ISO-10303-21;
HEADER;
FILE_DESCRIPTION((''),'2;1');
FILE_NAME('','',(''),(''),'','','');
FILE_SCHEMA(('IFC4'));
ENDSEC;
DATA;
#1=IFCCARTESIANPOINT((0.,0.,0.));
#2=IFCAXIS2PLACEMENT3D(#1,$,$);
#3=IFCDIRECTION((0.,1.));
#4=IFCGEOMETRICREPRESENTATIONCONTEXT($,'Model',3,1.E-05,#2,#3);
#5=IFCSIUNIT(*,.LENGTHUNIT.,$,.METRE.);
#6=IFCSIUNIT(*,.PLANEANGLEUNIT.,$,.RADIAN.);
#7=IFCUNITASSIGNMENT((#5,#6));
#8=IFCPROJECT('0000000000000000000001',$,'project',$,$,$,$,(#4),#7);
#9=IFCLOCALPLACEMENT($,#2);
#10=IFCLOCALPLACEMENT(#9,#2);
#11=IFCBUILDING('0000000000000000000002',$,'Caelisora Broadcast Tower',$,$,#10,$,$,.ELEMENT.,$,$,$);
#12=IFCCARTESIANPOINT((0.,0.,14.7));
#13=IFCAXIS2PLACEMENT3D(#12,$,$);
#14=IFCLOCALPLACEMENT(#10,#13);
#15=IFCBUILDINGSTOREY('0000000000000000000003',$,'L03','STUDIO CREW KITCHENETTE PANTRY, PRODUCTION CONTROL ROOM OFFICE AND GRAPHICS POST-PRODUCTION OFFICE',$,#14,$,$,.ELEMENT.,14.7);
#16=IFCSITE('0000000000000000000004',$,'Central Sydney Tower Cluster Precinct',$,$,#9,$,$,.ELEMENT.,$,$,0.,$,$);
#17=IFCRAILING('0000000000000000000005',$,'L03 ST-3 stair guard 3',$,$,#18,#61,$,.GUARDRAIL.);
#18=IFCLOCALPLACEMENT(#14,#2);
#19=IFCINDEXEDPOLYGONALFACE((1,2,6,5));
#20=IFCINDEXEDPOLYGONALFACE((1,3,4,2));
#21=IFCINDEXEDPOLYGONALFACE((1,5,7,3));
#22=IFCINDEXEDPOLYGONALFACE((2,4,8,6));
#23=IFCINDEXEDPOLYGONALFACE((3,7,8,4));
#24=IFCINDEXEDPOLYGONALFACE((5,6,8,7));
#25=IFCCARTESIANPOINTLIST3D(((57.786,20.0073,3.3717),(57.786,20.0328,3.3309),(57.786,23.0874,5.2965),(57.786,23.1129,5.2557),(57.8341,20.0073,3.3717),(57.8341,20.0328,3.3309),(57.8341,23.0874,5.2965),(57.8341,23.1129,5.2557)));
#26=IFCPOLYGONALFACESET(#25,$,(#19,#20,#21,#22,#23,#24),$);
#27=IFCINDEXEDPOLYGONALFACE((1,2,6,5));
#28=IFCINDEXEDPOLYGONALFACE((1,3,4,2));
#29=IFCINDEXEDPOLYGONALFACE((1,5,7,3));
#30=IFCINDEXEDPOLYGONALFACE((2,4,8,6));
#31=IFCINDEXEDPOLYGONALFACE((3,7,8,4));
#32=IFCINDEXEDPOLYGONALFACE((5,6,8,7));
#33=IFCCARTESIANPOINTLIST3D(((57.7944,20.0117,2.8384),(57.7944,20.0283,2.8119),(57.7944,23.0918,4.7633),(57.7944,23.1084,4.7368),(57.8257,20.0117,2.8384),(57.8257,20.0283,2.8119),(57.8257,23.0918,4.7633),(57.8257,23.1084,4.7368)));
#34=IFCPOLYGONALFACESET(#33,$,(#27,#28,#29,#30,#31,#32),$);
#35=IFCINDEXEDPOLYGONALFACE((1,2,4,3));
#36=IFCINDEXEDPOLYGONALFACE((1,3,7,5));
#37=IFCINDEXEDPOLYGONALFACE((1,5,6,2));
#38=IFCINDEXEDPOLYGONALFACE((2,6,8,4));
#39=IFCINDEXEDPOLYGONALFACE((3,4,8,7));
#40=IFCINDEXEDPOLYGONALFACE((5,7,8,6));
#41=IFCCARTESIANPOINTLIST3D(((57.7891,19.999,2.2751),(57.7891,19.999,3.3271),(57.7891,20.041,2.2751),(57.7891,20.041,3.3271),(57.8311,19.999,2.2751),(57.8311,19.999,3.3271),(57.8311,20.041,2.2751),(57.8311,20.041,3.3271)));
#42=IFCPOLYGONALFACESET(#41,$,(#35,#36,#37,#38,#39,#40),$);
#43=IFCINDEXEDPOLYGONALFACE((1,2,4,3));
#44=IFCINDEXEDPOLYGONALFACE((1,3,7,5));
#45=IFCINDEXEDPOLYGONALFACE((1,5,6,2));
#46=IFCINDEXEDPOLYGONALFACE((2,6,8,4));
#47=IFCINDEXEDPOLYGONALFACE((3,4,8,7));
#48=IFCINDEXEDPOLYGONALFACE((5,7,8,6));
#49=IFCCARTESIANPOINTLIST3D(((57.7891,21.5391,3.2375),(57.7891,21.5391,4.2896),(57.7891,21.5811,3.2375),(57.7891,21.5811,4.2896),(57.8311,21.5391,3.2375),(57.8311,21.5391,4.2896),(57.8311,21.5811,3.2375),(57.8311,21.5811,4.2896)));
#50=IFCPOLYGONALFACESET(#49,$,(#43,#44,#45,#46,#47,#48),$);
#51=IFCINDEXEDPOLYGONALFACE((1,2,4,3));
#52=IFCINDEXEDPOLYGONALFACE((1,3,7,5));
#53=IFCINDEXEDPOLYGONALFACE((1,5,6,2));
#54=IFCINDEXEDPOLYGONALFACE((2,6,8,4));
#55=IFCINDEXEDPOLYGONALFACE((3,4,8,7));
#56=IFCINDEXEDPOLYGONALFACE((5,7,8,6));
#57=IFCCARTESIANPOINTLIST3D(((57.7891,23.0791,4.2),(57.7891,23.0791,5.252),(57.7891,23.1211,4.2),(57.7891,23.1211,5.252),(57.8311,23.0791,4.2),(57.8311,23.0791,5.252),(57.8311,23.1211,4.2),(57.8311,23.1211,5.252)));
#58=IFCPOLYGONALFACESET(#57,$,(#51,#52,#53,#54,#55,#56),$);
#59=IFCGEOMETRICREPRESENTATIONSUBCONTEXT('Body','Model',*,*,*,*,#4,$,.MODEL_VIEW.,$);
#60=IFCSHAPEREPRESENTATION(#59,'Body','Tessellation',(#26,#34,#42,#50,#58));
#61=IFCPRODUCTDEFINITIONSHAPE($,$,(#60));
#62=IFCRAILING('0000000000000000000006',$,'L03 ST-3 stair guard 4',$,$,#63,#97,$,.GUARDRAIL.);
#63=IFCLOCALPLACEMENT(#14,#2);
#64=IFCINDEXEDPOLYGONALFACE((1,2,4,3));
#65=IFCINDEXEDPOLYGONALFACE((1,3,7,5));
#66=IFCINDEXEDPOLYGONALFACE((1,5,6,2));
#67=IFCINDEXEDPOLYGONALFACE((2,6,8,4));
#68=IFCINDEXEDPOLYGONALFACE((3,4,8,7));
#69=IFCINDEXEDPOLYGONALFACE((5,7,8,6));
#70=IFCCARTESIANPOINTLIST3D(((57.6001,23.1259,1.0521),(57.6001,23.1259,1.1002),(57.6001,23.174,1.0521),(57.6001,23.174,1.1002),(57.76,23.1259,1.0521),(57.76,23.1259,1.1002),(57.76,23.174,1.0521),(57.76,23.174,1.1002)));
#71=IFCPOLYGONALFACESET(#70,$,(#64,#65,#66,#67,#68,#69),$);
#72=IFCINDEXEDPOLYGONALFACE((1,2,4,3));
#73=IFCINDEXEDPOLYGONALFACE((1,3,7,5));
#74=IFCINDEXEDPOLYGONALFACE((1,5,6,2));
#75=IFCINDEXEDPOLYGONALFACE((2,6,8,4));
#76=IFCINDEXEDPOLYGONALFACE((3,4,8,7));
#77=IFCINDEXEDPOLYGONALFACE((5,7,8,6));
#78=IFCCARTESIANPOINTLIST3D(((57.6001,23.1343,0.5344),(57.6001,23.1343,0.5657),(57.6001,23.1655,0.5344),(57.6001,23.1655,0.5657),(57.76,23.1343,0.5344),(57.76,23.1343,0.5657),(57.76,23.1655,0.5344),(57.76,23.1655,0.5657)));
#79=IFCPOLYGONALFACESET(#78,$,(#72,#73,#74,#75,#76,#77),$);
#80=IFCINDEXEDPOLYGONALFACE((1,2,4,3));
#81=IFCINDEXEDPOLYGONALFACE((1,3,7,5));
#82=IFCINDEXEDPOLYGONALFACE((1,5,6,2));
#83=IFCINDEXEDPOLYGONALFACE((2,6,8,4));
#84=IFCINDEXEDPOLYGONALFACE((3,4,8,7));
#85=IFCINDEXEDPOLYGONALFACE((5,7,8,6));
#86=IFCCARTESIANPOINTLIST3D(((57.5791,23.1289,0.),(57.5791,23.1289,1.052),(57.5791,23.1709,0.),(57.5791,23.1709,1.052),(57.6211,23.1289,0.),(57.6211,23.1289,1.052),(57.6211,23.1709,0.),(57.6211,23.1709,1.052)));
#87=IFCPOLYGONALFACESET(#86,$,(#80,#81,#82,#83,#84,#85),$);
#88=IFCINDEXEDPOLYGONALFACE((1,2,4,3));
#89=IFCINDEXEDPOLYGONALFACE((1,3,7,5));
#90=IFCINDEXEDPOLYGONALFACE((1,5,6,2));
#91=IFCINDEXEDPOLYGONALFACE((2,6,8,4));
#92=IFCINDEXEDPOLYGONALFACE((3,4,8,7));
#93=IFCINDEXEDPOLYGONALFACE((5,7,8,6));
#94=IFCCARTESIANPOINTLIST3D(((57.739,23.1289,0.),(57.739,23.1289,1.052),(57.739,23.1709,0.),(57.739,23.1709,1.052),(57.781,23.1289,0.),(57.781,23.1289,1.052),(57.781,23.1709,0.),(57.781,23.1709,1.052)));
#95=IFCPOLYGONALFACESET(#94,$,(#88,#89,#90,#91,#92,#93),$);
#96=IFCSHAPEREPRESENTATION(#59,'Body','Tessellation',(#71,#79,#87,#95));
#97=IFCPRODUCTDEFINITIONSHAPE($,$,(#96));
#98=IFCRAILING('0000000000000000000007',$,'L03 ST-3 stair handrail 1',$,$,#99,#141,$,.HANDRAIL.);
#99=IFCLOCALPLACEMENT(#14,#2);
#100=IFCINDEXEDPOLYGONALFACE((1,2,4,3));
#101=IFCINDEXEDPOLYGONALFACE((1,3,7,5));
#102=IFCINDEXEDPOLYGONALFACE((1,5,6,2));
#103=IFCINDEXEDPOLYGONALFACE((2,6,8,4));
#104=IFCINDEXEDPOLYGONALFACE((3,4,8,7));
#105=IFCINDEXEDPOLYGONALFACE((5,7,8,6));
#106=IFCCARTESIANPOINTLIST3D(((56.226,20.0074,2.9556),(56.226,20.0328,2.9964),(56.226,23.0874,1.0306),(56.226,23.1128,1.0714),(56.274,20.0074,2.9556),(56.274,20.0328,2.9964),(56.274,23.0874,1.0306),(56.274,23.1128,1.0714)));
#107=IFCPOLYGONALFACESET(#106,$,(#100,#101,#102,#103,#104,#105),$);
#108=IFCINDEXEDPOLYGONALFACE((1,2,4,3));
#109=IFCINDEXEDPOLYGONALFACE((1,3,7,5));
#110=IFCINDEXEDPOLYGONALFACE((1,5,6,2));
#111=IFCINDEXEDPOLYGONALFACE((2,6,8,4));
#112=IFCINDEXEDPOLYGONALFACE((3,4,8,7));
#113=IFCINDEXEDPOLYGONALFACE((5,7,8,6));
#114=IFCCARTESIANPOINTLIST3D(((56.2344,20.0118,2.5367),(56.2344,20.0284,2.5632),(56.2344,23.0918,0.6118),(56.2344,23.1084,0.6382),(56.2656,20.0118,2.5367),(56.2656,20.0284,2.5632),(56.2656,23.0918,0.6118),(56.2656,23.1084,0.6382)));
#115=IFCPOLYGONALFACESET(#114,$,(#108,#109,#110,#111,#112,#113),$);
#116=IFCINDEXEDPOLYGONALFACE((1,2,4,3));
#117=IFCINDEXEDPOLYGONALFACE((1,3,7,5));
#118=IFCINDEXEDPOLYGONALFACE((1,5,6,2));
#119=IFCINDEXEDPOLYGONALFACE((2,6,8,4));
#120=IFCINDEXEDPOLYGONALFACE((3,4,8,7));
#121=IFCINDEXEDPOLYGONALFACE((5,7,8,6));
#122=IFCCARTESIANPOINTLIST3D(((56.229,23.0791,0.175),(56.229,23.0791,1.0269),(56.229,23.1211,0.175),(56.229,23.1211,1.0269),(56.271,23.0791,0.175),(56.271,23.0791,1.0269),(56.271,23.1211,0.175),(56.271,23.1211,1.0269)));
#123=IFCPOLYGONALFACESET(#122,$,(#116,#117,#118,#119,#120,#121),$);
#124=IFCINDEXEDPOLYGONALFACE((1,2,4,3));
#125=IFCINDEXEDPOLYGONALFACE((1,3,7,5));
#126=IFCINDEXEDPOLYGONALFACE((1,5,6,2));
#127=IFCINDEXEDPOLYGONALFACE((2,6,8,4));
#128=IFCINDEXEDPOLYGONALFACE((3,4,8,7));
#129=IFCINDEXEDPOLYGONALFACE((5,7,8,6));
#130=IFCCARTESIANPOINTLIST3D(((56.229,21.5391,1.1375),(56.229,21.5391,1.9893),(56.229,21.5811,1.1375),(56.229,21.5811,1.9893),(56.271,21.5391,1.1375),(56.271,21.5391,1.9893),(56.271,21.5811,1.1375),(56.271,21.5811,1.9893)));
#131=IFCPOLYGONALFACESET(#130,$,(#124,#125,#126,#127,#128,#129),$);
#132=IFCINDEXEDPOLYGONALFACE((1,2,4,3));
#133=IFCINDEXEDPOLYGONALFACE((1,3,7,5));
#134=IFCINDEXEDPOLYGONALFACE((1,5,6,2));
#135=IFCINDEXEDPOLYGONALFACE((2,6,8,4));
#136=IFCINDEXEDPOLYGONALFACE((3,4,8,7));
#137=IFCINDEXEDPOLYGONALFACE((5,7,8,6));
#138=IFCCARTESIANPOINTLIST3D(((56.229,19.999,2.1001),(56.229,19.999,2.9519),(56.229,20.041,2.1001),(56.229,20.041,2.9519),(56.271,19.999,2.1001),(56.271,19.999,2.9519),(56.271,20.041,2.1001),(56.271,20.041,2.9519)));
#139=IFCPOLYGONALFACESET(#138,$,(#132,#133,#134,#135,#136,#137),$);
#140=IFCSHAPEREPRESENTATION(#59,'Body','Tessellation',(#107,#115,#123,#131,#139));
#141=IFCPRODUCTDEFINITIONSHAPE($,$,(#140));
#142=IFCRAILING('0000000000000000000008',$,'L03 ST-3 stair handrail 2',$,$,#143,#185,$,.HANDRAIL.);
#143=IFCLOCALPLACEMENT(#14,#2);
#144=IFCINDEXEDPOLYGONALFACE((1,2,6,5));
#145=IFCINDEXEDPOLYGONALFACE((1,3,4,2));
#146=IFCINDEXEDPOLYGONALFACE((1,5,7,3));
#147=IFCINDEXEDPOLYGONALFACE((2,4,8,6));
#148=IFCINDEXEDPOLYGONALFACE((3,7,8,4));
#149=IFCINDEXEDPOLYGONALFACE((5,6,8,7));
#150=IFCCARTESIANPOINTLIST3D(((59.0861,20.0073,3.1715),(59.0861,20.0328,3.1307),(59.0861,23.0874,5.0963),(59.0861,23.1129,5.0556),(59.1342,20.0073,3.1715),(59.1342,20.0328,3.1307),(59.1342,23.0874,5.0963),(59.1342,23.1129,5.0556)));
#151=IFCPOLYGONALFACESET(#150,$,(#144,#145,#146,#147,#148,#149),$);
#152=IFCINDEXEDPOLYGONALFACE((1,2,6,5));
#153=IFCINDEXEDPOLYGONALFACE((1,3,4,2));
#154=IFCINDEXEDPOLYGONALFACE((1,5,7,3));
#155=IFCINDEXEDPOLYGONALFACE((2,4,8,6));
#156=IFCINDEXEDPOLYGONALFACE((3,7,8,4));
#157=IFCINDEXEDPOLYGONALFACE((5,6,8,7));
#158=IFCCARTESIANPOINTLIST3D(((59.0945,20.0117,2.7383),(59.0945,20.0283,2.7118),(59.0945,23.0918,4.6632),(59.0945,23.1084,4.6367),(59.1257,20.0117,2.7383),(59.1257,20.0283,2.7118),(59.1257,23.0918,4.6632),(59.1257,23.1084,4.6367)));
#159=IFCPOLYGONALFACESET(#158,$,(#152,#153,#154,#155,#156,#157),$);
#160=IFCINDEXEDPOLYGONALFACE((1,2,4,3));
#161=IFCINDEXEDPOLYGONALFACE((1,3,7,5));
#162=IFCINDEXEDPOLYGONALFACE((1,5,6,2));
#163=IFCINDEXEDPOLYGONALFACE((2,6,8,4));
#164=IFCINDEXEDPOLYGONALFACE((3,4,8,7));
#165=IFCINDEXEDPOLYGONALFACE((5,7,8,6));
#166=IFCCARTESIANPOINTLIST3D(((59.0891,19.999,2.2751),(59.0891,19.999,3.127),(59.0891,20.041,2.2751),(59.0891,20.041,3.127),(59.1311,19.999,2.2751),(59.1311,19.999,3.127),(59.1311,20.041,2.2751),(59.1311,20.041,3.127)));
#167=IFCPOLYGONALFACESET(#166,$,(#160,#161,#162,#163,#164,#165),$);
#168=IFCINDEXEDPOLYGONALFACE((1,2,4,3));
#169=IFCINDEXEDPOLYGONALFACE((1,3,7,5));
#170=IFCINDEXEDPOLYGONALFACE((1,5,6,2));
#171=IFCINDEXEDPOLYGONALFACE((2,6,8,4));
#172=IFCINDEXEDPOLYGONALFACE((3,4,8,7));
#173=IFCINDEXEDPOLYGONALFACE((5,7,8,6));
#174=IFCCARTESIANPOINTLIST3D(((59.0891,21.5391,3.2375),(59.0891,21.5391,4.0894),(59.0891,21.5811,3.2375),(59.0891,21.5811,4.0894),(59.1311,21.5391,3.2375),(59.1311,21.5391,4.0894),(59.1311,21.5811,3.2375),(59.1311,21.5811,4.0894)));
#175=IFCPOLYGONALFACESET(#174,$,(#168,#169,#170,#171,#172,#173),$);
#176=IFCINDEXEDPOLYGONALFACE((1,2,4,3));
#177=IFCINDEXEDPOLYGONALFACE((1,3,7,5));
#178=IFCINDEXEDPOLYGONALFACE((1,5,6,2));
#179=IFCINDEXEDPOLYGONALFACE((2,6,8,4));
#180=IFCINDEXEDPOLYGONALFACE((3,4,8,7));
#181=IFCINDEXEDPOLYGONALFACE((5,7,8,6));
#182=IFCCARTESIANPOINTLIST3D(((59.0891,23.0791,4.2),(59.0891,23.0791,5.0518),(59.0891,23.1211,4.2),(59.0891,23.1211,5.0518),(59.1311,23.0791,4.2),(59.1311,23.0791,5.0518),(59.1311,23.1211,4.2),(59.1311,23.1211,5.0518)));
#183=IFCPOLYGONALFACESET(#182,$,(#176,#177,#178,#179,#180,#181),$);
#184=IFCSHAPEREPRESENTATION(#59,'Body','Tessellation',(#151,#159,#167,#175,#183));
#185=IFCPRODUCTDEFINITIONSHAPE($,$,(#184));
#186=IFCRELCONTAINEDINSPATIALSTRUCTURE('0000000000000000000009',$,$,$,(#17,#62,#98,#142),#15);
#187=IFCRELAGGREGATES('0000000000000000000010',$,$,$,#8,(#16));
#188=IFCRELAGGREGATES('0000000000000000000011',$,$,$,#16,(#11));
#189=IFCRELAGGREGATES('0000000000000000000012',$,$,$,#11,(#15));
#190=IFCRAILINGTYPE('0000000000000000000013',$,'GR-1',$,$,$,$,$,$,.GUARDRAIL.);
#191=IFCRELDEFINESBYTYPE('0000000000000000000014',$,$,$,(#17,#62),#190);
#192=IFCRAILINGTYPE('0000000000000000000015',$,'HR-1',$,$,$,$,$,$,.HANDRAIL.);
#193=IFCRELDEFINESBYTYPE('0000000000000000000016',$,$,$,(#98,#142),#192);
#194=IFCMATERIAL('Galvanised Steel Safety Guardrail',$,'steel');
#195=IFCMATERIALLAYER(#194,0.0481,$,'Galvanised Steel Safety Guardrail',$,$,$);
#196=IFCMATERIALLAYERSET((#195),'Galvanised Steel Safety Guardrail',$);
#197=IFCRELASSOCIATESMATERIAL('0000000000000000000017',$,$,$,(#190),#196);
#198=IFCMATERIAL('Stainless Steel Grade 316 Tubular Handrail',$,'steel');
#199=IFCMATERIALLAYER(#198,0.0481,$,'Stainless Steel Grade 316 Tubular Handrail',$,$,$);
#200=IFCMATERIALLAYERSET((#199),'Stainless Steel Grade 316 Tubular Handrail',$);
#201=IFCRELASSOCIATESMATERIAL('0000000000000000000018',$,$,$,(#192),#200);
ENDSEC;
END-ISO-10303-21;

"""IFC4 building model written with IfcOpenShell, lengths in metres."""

from ifc_helpers import new_model, si_unit, direction, frame, origin, origin_2d, place, context, subcontext, project, spatial, rectangle, extrude, material, layer, layer_set, type_object, element, save


model = new_model("IFC4")

# Units and contexts
model_context = context("Model", 3, precision=1e-05, world=origin(), true_north=direction((0.0, 1.0)))
body_context = subcontext(model_context, "Body", "Model", "MODEL_VIEW")
ifc_project = project(units=[si_unit("LENGTHUNIT", "METRE"), si_unit("PLANEANGLEUNIT", "RADIAN")], contexts=[model_context])

# Site, building, storey
site_placement = place(None, origin())
site = spatial("IfcSite", under=ifc_project, at=site_placement, Name="Central Sydney Tower Cluster Precinct", CompositionType="ELEMENT", RefElevation=0.0)
building_placement = place(site_placement, origin())
building = spatial("IfcBuilding", under=site, at=building_placement, Name="Caelisora Broadcast Tower", CompositionType="ELEMENT")
storey_placement = place(building_placement, frame((0.0, 0.0, 14.7)))
storey = spatial("IfcBuildingStorey", under=building, at=storey_placement, Name="L03", Description="STUDIO CREW KITCHENETTE PANTRY, PRODUCTION CONTROL ROOM OFFICE AND GRAPHICS POST-PRODUCTION OFFICE", CompositionType="ELEMENT", Elevation=14.7)

# Railings
ifc_material_1 = material(Name="Galvanised Steel Safety Guardrail", Category="steel")
ifc_layer_1 = layer(ifc_material_1, 0.0481, Name="Galvanised Steel Safety Guardrail")
ifc_layer_set_1 = layer_set([ifc_layer_1], Name="Galvanised Steel Safety Guardrail")
railing_type_1 = type_object("IfcRailingType", Name="GR-1", PredefinedType="GUARDRAIL", material=ifc_layer_set_1)
railing_1_placement = place(storey_placement, frame((57.8101, 20.02, 2.2751)))
element("IfcRailing", 1, at=railing_1_placement, inside=storey, type_object=railing_type_1, Name="L03 ST-3 stair guard 3", PredefinedType="GUARDRAIL", context=body_context, shape_type="SweptSolid", body=[
    extrude(rectangle(XDim=0.0481, YDim=0.0481, at=origin_2d()), frame((0.0, 0.0, 1.0762), z_axis=(0.0, 0.848029, 0.529951), x_axis=(-1.0, 0.0, 0.0)), (0.0, 0.0, 1.0), 3.6321),
    extrude(rectangle(XDim=0.0312, YDim=0.0312, at=origin_2d()), frame((0.0, 0.0, 0.55), z_axis=(0.0, 0.848029, 0.529951), x_axis=(-1.0, 0.0, 0.0)), (0.0, 0.0, 1.0), 3.6321),
    extrude(rectangle(XDim=0.042, YDim=0.042, at=origin_2d()), origin(), (0.0, 0.0, 1.0), 1.052),
    extrude(rectangle(XDim=0.042, YDim=0.042, at=origin_2d()), frame((0.0, 1.54, 0.9624)), (0.0, 0.0, 1.0), 1.052),
    extrude(rectangle(XDim=0.042, YDim=0.042, at=origin_2d()), frame((0.0, 3.0801, 1.9248)), (0.0, 0.0, 1.0), 1.052),
])
railing_2_placement = place(storey_placement, frame((57.6001, 23.1499, 0.0)))
element("IfcRailing", 2, at=railing_2_placement, inside=storey, type_object=railing_type_1, Name="L03 ST-3 stair guard 4", PredefinedType="GUARDRAIL", context=body_context, shape_type="SweptSolid", body=[
    extrude(rectangle(XDim=0.0481, YDim=0.0481, at=origin_2d()), frame((0.0, 0.0, 1.0762), z_axis=(1.0, 0.0, 0.0), x_axis=(0.0, 1.0, 0.0)), (0.0, 0.0, 1.0), 0.1599),
    extrude(rectangle(XDim=0.0312, YDim=0.0312, at=origin_2d()), frame((0.0, 0.0, 0.55), z_axis=(1.0, 0.0, 0.0), x_axis=(0.0, 1.0, 0.0)), (0.0, 0.0, 1.0), 0.1599),
    extrude(rectangle(XDim=0.042, YDim=0.042, at=origin_2d()), origin(), (0.0, 0.0, 1.0), 1.052),
    extrude(rectangle(XDim=0.042, YDim=0.042, at=origin_2d()), frame((0.1599, 0.0, 0.0)), (0.0, 0.0, 1.0), 1.052),
])
ifc_material_2 = material(Name="Stainless Steel Grade 316 Tubular Handrail", Category="steel")
ifc_layer_2 = layer(ifc_material_2, 0.0481, Name="Stainless Steel Grade 316 Tubular Handrail")
ifc_layer_set_2 = layer_set([ifc_layer_2], Name="Stainless Steel Grade 316 Tubular Handrail")
railing_type_2 = type_object("IfcRailingType", Name="HR-1", PredefinedType="HANDRAIL", material=ifc_layer_set_2)
railing_3_placement = place(storey_placement, frame((56.25, 23.1001, 0.175)))
element("IfcRailing", 3, at=railing_3_placement, inside=storey, type_object=railing_type_2, Name="L03 ST-3 stair handrail 1", PredefinedType="HANDRAIL", context=body_context, shape_type="SweptSolid", body=[
    extrude(rectangle(XDim=0.0481, YDim=0.0481, at=origin_2d()), frame((0.0, 0.0, 0.876), z_axis=(0.0, -0.847998, 0.529999), x_axis=(1.0, 0.0, 0.0)), (0.0, 0.0, 1.0), 3.6321),
    extrude(rectangle(XDim=0.0312, YDim=0.0312, at=origin_2d()), frame((0.0, 0.0, 0.45), z_axis=(0.0, -0.847998, 0.529999), x_axis=(1.0, 0.0, 0.0)), (0.0, 0.0, 1.0), 3.6321),
    extrude(rectangle(XDim=0.042, YDim=0.042, at=origin_2d()), origin(), (0.0, 0.0, 1.0), 0.8518),
    extrude(rectangle(XDim=0.042, YDim=0.042, at=origin_2d()), frame((0.0, -1.54, 0.9624)), (0.0, 0.0, 1.0), 0.8518),
    extrude(rectangle(XDim=0.042, YDim=0.042, at=origin_2d()), frame((0.0, -3.0801, 1.925)), (0.0, 0.0, 1.0), 0.8518),
])
railing_4_placement = place(storey_placement, frame((59.1101, 20.02, 2.2751)))
element("IfcRailing", 4, at=railing_4_placement, inside=storey, type_object=railing_type_2, Name="L03 ST-3 stair handrail 2", PredefinedType="HANDRAIL", context=body_context, shape_type="SweptSolid", body=[
    extrude(rectangle(XDim=0.0481, YDim=0.0481, at=origin_2d()), frame((0.0, 0.0, 0.876), z_axis=(0.0, 0.848029, 0.529951), x_axis=(-1.0, 0.0, 0.0)), (0.0, 0.0, 1.0), 3.6321),
    extrude(rectangle(XDim=0.0312, YDim=0.0312, at=origin_2d()), frame((0.0, 0.0, 0.45), z_axis=(0.0, 0.848029, 0.529951), x_axis=(-1.0, 0.0, 0.0)), (0.0, 0.0, 1.0), 3.6321),
    extrude(rectangle(XDim=0.042, YDim=0.042, at=origin_2d()), origin(), (0.0, 0.0, 1.0), 0.8518),
    extrude(rectangle(XDim=0.042, YDim=0.042, at=origin_2d()), frame((0.0, 1.54, 0.9624)), (0.0, 0.0, 1.0), 0.8518),
    extrude(rectangle(XDim=0.042, YDim=0.042, at=origin_2d()), frame((0.0, 3.0801, 1.9248)), (0.0, 0.0, 1.0), 0.8518),
])

save(model, "model.ifc")
